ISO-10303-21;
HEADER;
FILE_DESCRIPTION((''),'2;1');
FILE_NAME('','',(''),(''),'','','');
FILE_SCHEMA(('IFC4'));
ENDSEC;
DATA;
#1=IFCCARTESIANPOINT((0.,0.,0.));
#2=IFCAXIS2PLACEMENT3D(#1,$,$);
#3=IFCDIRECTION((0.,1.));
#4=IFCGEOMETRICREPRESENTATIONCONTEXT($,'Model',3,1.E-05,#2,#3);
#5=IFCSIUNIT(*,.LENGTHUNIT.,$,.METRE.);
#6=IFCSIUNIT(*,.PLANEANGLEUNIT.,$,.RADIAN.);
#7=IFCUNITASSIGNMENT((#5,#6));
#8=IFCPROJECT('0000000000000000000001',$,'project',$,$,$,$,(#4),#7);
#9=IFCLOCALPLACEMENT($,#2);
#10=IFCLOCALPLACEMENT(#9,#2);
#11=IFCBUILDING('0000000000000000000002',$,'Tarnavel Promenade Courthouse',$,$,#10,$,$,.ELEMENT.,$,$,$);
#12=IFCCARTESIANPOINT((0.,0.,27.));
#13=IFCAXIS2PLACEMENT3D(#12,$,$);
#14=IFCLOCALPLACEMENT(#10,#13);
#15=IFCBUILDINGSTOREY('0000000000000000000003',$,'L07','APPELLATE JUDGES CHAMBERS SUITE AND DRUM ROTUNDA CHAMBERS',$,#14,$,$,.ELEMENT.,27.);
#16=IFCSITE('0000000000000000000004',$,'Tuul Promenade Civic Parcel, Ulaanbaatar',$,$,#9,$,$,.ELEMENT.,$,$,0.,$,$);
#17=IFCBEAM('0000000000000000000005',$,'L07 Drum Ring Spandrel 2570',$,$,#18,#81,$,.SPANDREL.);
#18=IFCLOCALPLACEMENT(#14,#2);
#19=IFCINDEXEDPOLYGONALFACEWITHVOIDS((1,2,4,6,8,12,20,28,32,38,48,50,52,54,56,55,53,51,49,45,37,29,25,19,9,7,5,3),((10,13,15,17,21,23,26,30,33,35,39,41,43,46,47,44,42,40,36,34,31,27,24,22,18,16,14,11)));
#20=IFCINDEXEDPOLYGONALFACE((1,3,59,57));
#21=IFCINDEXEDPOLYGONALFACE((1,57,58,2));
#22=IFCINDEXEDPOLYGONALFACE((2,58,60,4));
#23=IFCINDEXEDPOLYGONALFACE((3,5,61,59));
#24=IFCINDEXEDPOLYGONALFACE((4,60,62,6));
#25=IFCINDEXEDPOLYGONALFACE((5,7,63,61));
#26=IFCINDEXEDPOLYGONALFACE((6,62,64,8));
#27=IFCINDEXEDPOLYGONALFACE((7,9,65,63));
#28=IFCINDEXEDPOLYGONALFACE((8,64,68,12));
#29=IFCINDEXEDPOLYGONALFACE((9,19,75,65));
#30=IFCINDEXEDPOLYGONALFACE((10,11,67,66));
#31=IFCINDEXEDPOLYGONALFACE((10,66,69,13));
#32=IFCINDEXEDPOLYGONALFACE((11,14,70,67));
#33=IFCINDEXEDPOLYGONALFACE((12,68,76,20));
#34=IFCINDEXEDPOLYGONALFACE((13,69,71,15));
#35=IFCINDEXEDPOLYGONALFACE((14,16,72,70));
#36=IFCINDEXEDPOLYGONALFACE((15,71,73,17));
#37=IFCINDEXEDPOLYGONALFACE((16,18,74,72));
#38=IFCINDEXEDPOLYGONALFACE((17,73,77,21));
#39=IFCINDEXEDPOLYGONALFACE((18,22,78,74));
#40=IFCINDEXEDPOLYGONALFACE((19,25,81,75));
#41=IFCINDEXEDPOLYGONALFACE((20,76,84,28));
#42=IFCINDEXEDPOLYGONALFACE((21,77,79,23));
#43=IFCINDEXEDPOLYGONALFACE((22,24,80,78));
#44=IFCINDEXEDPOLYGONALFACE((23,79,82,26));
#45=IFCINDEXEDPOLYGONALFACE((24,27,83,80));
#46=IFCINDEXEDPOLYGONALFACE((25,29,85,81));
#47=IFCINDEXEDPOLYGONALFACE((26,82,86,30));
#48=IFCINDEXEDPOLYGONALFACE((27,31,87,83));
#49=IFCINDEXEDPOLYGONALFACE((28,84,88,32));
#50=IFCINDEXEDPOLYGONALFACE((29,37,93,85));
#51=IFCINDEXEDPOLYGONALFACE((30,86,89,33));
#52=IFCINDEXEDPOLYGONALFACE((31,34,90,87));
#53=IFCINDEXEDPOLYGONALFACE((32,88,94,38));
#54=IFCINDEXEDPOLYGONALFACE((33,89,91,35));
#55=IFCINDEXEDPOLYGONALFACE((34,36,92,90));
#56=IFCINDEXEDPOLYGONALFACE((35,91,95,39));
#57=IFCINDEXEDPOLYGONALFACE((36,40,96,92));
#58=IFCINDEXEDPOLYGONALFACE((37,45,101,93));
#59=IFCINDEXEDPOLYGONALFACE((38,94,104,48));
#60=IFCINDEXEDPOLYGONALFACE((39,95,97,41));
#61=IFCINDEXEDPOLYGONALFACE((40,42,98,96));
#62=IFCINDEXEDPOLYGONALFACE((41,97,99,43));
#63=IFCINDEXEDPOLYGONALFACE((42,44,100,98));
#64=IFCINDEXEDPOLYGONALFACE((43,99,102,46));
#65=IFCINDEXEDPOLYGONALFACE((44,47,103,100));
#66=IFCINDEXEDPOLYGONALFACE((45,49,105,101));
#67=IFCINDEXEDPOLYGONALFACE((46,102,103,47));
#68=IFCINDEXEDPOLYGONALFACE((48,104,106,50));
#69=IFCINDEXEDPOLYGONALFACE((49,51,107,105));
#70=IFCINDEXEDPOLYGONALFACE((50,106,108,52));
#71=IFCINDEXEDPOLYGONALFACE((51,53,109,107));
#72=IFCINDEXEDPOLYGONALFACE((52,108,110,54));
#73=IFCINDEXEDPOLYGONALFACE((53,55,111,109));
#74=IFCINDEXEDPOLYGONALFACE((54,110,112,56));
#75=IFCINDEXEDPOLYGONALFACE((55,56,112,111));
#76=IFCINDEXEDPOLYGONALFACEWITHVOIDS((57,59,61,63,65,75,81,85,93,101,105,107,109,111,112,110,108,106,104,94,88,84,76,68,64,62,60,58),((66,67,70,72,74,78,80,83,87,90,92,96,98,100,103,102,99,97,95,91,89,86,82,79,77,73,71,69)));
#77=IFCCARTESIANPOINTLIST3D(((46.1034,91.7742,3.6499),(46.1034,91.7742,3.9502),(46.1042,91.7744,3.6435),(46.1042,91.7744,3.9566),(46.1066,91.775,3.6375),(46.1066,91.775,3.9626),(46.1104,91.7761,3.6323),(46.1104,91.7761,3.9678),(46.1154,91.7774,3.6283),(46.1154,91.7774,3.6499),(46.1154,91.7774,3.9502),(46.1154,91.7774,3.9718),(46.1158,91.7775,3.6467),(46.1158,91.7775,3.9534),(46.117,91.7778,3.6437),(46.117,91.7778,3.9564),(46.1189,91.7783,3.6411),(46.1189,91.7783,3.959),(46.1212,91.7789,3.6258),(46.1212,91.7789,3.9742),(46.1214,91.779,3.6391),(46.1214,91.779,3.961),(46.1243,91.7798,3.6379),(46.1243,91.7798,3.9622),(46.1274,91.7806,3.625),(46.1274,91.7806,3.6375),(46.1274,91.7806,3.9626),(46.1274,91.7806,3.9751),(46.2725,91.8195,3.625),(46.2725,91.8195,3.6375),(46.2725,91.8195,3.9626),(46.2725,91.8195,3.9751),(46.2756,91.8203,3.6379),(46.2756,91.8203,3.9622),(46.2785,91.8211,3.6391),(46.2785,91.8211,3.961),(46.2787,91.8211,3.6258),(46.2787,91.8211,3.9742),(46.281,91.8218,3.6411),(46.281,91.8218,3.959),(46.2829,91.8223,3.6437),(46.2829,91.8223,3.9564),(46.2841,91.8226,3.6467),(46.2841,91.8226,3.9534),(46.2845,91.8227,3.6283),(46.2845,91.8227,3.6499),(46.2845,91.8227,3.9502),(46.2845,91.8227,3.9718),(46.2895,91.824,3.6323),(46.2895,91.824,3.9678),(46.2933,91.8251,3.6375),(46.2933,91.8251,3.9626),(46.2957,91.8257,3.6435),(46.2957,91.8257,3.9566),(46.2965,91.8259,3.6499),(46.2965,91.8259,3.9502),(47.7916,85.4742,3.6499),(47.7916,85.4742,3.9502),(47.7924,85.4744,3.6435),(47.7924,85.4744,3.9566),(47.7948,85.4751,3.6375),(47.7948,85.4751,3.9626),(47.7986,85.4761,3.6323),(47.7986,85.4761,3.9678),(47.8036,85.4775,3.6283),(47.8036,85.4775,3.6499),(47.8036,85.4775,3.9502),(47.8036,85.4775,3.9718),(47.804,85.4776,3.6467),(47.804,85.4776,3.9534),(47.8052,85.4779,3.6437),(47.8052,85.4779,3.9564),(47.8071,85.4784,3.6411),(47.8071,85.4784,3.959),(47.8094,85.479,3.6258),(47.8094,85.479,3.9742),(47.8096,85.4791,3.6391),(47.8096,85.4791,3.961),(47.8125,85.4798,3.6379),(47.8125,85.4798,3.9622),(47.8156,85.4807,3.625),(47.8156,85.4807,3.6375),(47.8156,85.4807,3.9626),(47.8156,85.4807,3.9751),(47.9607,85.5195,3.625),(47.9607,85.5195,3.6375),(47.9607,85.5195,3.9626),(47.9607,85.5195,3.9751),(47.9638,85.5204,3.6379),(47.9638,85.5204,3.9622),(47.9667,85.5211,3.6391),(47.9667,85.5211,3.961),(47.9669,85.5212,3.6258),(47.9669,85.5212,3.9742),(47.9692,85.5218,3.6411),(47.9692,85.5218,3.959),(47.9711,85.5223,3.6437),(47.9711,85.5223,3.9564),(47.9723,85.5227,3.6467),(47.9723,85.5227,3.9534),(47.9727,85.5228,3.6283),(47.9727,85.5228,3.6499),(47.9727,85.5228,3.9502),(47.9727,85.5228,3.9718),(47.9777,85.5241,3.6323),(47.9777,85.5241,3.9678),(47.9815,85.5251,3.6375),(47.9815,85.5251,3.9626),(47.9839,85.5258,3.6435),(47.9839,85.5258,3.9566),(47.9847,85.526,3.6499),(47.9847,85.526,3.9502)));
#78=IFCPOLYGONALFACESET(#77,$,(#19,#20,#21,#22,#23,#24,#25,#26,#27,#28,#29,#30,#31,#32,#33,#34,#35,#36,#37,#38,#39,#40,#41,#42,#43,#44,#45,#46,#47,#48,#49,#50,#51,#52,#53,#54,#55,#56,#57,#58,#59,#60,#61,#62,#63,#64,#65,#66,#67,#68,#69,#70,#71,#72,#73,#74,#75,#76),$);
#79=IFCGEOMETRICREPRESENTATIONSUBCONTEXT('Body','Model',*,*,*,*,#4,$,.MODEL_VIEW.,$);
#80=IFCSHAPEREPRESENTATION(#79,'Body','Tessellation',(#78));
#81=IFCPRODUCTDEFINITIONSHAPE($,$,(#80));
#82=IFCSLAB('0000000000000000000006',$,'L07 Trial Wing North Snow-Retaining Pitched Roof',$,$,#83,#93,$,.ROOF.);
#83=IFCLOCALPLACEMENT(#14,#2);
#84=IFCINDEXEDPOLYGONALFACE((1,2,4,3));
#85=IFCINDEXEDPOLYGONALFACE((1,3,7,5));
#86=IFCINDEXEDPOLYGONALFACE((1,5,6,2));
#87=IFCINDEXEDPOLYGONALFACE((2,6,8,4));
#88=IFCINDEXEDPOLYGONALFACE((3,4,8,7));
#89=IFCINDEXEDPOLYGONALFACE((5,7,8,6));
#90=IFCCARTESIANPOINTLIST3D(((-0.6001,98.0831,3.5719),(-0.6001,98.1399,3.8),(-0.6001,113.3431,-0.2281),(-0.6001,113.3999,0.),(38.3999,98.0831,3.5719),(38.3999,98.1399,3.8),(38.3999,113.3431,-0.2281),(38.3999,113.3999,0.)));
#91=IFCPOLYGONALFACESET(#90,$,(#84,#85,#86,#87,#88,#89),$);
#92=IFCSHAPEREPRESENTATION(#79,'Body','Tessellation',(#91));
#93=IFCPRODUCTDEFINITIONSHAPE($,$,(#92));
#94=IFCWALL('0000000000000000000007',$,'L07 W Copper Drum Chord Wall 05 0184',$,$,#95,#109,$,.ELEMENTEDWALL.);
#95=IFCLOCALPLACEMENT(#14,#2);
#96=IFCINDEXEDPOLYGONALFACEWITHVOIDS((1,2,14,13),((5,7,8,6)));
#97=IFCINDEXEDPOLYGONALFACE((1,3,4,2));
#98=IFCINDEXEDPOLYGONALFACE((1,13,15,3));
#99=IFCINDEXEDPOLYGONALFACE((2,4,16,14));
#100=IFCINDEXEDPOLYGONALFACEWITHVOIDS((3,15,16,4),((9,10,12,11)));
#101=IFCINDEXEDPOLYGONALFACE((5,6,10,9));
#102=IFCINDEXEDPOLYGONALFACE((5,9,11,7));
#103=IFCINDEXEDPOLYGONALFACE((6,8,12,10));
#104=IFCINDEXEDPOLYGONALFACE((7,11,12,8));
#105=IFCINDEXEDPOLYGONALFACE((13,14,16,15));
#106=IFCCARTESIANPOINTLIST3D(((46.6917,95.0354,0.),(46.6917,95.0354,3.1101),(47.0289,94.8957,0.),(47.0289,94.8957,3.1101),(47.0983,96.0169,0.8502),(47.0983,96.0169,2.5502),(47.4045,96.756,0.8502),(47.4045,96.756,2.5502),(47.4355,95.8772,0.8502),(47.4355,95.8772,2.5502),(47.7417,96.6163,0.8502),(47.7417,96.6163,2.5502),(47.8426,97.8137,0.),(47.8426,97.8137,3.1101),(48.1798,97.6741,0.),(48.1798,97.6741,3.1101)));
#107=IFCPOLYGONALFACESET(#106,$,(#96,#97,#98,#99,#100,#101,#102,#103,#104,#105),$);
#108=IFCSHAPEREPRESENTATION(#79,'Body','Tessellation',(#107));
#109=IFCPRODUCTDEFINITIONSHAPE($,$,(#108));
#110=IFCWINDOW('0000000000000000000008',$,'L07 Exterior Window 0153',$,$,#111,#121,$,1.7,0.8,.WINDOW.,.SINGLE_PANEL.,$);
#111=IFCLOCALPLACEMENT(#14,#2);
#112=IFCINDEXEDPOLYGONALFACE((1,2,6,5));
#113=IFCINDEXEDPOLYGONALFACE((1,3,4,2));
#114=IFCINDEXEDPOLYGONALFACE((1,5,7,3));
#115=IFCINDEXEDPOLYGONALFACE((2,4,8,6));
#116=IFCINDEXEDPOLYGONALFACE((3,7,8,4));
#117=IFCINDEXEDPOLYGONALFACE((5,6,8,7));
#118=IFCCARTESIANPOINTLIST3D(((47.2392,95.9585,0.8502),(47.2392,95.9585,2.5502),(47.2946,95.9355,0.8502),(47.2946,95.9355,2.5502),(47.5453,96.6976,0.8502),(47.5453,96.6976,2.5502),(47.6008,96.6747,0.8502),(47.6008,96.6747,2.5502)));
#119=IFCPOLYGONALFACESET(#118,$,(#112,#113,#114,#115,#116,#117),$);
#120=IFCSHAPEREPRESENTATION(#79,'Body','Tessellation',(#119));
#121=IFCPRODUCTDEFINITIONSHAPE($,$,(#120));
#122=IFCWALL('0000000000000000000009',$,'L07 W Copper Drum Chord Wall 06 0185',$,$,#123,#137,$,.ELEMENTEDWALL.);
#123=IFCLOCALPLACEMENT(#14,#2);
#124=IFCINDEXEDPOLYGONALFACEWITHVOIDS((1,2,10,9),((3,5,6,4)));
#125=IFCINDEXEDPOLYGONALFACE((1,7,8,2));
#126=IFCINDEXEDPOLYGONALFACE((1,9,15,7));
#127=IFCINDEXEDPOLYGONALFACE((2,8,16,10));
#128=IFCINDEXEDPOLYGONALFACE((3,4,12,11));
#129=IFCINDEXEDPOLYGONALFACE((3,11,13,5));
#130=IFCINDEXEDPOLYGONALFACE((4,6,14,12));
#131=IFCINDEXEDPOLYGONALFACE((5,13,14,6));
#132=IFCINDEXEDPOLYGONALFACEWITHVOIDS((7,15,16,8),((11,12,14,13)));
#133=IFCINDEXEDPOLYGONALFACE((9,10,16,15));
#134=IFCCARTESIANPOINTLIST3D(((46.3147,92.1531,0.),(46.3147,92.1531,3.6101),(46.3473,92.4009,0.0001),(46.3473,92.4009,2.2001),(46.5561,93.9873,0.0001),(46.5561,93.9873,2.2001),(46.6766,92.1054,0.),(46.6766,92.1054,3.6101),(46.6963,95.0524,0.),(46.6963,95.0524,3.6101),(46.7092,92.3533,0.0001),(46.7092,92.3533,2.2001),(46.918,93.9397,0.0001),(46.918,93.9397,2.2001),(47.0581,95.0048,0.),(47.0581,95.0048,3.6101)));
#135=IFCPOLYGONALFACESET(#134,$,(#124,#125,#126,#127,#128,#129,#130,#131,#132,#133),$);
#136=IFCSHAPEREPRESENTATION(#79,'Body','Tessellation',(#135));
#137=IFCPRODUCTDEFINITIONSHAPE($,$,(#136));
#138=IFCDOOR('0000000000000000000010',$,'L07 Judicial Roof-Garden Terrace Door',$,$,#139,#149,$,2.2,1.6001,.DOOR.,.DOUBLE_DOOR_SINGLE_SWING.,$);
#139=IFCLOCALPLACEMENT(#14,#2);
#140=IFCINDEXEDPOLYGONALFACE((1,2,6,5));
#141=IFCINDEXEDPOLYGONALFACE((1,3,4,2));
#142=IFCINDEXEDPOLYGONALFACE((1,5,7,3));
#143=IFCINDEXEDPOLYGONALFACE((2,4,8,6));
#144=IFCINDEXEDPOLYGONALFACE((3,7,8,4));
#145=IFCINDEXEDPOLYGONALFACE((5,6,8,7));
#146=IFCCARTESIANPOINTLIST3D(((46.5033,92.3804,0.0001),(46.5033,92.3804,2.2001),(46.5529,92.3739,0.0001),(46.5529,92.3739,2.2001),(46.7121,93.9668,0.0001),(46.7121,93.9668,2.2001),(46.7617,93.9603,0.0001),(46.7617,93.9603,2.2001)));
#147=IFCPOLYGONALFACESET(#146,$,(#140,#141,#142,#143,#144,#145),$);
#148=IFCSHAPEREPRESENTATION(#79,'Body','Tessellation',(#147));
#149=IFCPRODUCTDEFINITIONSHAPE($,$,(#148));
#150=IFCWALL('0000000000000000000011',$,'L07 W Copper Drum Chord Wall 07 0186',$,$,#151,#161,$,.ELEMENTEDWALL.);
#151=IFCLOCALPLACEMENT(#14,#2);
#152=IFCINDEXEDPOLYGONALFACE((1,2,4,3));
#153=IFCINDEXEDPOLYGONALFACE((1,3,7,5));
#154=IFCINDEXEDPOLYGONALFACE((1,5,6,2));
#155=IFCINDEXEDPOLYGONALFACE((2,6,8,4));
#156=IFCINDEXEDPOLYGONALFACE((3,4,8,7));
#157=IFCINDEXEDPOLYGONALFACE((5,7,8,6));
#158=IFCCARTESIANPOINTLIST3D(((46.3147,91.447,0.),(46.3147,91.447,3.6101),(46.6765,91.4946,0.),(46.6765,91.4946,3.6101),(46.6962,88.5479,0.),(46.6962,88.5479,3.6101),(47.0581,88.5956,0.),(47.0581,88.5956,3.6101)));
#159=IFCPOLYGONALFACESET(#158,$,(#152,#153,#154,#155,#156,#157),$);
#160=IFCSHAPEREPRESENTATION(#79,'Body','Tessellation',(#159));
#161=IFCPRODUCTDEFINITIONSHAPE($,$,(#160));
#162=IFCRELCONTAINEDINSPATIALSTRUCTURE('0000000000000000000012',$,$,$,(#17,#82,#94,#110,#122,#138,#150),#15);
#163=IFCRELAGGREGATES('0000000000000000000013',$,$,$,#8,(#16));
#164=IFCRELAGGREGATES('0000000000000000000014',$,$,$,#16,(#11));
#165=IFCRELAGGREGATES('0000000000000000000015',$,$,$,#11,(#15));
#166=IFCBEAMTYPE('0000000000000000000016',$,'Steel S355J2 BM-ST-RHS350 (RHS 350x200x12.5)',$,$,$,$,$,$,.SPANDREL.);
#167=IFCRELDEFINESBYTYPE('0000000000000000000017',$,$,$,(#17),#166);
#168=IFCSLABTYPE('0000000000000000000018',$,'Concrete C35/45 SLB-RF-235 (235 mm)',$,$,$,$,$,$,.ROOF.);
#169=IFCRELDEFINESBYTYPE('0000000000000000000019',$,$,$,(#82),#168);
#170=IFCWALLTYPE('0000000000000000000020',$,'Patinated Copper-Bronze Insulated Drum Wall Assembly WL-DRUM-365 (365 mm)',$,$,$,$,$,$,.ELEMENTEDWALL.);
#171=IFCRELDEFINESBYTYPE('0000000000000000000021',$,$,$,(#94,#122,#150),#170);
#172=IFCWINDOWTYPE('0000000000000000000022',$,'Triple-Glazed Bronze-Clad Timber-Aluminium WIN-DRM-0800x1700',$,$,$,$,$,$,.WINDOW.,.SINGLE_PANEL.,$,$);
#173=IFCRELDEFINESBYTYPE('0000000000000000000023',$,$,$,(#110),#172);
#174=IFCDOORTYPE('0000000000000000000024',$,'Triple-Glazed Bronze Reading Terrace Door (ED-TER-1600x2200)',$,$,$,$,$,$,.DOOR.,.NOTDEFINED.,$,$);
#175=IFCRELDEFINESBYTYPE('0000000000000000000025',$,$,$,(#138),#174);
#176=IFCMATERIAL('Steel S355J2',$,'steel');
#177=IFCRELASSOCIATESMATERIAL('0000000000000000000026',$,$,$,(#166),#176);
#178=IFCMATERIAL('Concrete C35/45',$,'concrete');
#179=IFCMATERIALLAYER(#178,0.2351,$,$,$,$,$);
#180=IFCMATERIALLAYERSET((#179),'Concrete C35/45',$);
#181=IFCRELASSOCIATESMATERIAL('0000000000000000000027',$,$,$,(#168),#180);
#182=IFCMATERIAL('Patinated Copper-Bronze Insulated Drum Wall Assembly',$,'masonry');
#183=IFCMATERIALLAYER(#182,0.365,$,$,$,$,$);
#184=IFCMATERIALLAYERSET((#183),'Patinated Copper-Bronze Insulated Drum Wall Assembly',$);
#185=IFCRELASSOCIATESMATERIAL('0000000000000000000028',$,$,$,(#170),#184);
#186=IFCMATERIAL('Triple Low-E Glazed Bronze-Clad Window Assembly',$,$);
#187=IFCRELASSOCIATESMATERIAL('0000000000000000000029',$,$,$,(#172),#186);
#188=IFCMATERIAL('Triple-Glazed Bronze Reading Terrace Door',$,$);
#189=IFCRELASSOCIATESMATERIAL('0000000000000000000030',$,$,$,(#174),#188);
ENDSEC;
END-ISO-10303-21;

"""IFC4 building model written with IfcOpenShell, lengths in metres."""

from ifc_helpers import new_model, si_unit, direction, frame, frame_2d, origin, origin_2d, place, context, subcontext, project, spatial, polyline, rectangle, hollow_rectangle, outline, extrude, material, layer, layer_set, material_profile, profile_set, type_object, element, fill, save


model = new_model("IFC4")

# Units and contexts
model_context = context("Model", 3, precision=1e-05, world=origin(), true_north=direction((0.0, 1.0)))
body_context = subcontext(model_context, "Body", "Model", "MODEL_VIEW")
ifc_project = project(units=[si_unit("LENGTHUNIT", "METRE"), si_unit("PLANEANGLEUNIT", "RADIAN")], contexts=[model_context])

# Site, building, storey
site_placement = place(None, origin())
site = spatial("IfcSite", under=ifc_project, at=site_placement, Name="Tuul Promenade Civic Parcel, Ulaanbaatar", CompositionType="ELEMENT", RefElevation=0.0)
building_placement = place(site_placement, origin())
building = spatial("IfcBuilding", under=site, at=building_placement, Name="Tarnavel Promenade Courthouse", CompositionType="ELEMENT")
storey_placement = place(building_placement, frame((0.0, 0.0, 27.0)))
storey = spatial("IfcBuildingStorey", under=building, at=storey_placement, Name="L07", Description="APPELLATE JUDGES CHAMBERS SUITE AND DRUM ROTUNDA CHAMBERS", CompositionType="ELEMENT", Elevation=27.0)

# Beam
ifc_material_1 = material(Name="Steel S355J2", Category="steel")
ifc_material_profile_1 = material_profile(ifc_material_1, hollow_rectangle(XDim=0.2, YDim=0.3501, WallThickness=0.0125, InnerFilletRadius=0.0125, OuterFilletRadius=0.0249, at=origin_2d()), Name="RHS 350x200x12.5")
ifc_profile_set_1 = profile_set([ifc_material_profile_1], Name="Steel S355J2")
beam_type = type_object("IfcBeamType", Name="Steel S355J2 BM-ST-RHS350 (RHS 350x200x12.5)", PredefinedType="SPANDREL", material=ifc_profile_set_1)
for number, where, z_axis, x_axis, name in (
    (1, (46.2, 91.8, 3.8), (0.258839, -0.96592, 0.0), (0.96592, 0.258839, 0.0), "L07 Drum Ring Spandrel 2570"),
):
    element("IfcBeam", number, at=place(storey_placement, frame(where, z_axis=z_axis, x_axis=x_axis)), inside=storey, type_object=beam_type, Name=name, PredefinedType="SPANDREL", context=body_context, shape_type="SweptSolid", body=[
        extrude(hollow_rectangle(XDim=0.2, YDim=0.3501, WallThickness=0.0125, InnerFilletRadius=0.0125, OuterFilletRadius=0.0249, at=origin_2d()), origin(), (0.0, 0.0, 1.0), 6.5222),
    ])

# Slab
ifc_material_2 = material(Name="Concrete C35/45", Category="concrete")
ifc_layer_1 = layer(ifc_material_2, 0.2351)
ifc_layer_set_1 = layer_set([ifc_layer_1], Name="Concrete C35/45")
slab_type = type_object("IfcSlabType", Name="Concrete C35/45 SLB-RF-235 (235 mm)", PredefinedType="ROOF", material=ifc_layer_set_1)
slab_placement = place(storey_placement, frame((-0.6001, 98.1399, 3.8), z_axis=(0.0, 0.241641, 0.970366), x_axis=(1.0, 0.0, 0.0)))
element("IfcSlab", 2, at=slab_placement, inside=storey, type_object=slab_type, Name="L07 Trial Wing North Snow-Retaining Pitched Roof", PredefinedType="ROOF", context=body_context, shape_type="SweptSolid", body=[
    extrude(outline(polyline([(0.0, 0.0), (39.0, 0.0), (39.0, 15.726), (0.0, 15.726), (0.0, 0.0)])), origin(), (0.0, 0.0, -1.0), 0.2351),
])

# Wall, opening, window
ifc_material_3 = material(Name="Patinated Copper-Bronze Insulated Drum Wall Assembly", Category="masonry")
ifc_layer_2 = layer(ifc_material_3, 0.365)
ifc_layer_set_2 = layer_set([ifc_layer_2], Name="Patinated Copper-Bronze Insulated Drum Wall Assembly")
wall_type = type_object("IfcWallType", Name="Patinated Copper-Bronze Insulated Drum Wall Assembly WL-DRUM-365 (365 mm)", PredefinedType="ELEMENTEDWALL", material=ifc_layer_set_2)
wall_1_placement = place(storey_placement, frame((48.0112, 97.7439, 0.0), z_axis=(0.0, 0.0, 1.0), x_axis=(-0.382701, -0.923872, 0.0)))
wall_1 = element("IfcWall", 3, at=wall_1_placement, inside=storey, type_object=wall_type, Name="L07 W Copper Drum Chord Wall 05 0184", PredefinedType="ELEMENTEDWALL", context=body_context, shape_type="SweptSolid", body=[
    extrude(rectangle(XDim=3.0073, YDim=0.365, at=frame_2d((1.5037, 0.0))), origin(), (0.0, 0.0, 1.0), 3.1101),
])
opening_1_placement = place(wall_1_placement, frame((1.145, 0.0, 0.8501)))
opening_1 = element("IfcOpeningElement", 4, at=opening_1_placement, cuts=wall_1, PredefinedType="OPENING", context=body_context, shape_type="SweptSolid", body=[
    extrude(rectangle(XDim=0.8, YDim=1.7, at=frame_2d((0.3999, 0.8501))), frame((0.0, 0.1924, 0.0), z_axis=(0.0, -1.0, 0.0), x_axis=(1.0, 0.0, 0.0)), (0.0, 0.0, 1.0), 0.385),
])
ifc_material_4 = material(Name="Triple Low-E Glazed Bronze-Clad Window Assembly")
window_type = type_object("IfcWindowType", Name="Triple-Glazed Bronze-Clad Timber-Aluminium WIN-DRM-0800x1700", PartitioningType="SINGLE_PANEL", PredefinedType="WINDOW", material=ifc_material_4)
window_1_placement = place(opening_1_placement, origin())
window_1 = element("IfcWindow", 5, at=window_1_placement, inside=storey, type_object=window_type, Name="L07 Exterior Window 0153", OverallHeight=1.7, OverallWidth=0.8, PartitioningType="SINGLE_PANEL", PredefinedType="WINDOW", context=body_context, shape_type="SweptSolid", body=[
    extrude(rectangle(XDim=0.8, YDim=1.7, at=frame_2d((0.3999, 0.8501))), frame((0.0, 0.03, 0.0), z_axis=(0.0, -1.0, 0.0), x_axis=(1.0, 0.0, 0.0)), (0.0, 0.0, 1.0), 0.0601),
])
fill(opening_1, window_1)

# Wall, opening, door
wall_2_placement = place(storey_placement, frame((46.8772, 95.0286, 0.0), z_axis=(0.0, 0.0, 1.0), x_axis=(-0.130485, -0.99145, 0.0)))
wall_2 = element("IfcWall", 6, at=wall_2_placement, inside=storey, type_object=wall_type, Name="L07 W Copper Drum Chord Wall 06 0185", PredefinedType="ELEMENTEDWALL", context=body_context, shape_type="SweptSolid", body=[
    extrude(rectangle(XDim=2.9243, YDim=0.365, at=frame_2d((1.4622, 0.0))), origin(), (0.0, 0.0, 1.0), 3.6101),
])
opening_2_placement = place(wall_2_placement, frame((1.0742, 0.0, 0.0)))
opening_2 = element("IfcOpeningElement", 7, at=opening_2_placement, cuts=wall_2, PredefinedType="OPENING", context=body_context, shape_type="SweptSolid", body=[
    extrude(rectangle(XDim=1.6001, YDim=2.2, at=frame_2d((0.8, 1.1001))), frame((0.0, 0.1924, 0.0), z_axis=(0.0, -1.0, 0.0), x_axis=(1.0, 0.0, 0.0)), (0.0, 0.0, 1.0), 0.385),
])
ifc_material_5 = material(Name="Triple-Glazed Bronze Reading Terrace Door")
door_type = type_object("IfcDoorType", Name="Triple-Glazed Bronze Reading Terrace Door (ED-TER-1600x2200)", OperationType="NOTDEFINED", PredefinedType="DOOR", material=ifc_material_5)
door_placement = place(opening_2_placement, origin())
door = element("IfcDoor", 8, at=door_placement, inside=storey, type_object=door_type, Name="L07 Judicial Roof-Garden Terrace Door", OperationType="DOUBLE_DOOR_SINGLE_SWING", OverallHeight=2.2, OverallWidth=1.6001, PredefinedType="DOOR", context=body_context, shape_type="SweptSolid", body=[
    extrude(rectangle(XDim=1.6001, YDim=2.2, at=frame_2d((0.8, 1.1001))), frame((0.0, 0.0249, 0.0), z_axis=(0.0, -1.0, 0.0), x_axis=(1.0, 0.0, 0.0)), (0.0, 0.0, 1.0), 0.05),
])
fill(opening_2, door)

# Wall
wall_3_placement = place(storey_placement, frame((46.4956, 91.4707, 0.0), z_axis=(0.0, 0.0, 1.0), x_axis=(0.130496, -0.991449, 0.0)))
element("IfcWall", 9, at=wall_3_placement, inside=storey, type_object=wall_type, Name="L07 W Copper Drum Chord Wall 07 0186", PredefinedType="ELEMENTEDWALL", context=body_context, shape_type="SweptSolid", body=[
    extrude(rectangle(XDim=2.9241, YDim=0.365, at=frame_2d((1.4619, 0.0))), origin(), (0.0, 0.0, 1.0), 3.6101),
])

save(model, "model.ifc")
